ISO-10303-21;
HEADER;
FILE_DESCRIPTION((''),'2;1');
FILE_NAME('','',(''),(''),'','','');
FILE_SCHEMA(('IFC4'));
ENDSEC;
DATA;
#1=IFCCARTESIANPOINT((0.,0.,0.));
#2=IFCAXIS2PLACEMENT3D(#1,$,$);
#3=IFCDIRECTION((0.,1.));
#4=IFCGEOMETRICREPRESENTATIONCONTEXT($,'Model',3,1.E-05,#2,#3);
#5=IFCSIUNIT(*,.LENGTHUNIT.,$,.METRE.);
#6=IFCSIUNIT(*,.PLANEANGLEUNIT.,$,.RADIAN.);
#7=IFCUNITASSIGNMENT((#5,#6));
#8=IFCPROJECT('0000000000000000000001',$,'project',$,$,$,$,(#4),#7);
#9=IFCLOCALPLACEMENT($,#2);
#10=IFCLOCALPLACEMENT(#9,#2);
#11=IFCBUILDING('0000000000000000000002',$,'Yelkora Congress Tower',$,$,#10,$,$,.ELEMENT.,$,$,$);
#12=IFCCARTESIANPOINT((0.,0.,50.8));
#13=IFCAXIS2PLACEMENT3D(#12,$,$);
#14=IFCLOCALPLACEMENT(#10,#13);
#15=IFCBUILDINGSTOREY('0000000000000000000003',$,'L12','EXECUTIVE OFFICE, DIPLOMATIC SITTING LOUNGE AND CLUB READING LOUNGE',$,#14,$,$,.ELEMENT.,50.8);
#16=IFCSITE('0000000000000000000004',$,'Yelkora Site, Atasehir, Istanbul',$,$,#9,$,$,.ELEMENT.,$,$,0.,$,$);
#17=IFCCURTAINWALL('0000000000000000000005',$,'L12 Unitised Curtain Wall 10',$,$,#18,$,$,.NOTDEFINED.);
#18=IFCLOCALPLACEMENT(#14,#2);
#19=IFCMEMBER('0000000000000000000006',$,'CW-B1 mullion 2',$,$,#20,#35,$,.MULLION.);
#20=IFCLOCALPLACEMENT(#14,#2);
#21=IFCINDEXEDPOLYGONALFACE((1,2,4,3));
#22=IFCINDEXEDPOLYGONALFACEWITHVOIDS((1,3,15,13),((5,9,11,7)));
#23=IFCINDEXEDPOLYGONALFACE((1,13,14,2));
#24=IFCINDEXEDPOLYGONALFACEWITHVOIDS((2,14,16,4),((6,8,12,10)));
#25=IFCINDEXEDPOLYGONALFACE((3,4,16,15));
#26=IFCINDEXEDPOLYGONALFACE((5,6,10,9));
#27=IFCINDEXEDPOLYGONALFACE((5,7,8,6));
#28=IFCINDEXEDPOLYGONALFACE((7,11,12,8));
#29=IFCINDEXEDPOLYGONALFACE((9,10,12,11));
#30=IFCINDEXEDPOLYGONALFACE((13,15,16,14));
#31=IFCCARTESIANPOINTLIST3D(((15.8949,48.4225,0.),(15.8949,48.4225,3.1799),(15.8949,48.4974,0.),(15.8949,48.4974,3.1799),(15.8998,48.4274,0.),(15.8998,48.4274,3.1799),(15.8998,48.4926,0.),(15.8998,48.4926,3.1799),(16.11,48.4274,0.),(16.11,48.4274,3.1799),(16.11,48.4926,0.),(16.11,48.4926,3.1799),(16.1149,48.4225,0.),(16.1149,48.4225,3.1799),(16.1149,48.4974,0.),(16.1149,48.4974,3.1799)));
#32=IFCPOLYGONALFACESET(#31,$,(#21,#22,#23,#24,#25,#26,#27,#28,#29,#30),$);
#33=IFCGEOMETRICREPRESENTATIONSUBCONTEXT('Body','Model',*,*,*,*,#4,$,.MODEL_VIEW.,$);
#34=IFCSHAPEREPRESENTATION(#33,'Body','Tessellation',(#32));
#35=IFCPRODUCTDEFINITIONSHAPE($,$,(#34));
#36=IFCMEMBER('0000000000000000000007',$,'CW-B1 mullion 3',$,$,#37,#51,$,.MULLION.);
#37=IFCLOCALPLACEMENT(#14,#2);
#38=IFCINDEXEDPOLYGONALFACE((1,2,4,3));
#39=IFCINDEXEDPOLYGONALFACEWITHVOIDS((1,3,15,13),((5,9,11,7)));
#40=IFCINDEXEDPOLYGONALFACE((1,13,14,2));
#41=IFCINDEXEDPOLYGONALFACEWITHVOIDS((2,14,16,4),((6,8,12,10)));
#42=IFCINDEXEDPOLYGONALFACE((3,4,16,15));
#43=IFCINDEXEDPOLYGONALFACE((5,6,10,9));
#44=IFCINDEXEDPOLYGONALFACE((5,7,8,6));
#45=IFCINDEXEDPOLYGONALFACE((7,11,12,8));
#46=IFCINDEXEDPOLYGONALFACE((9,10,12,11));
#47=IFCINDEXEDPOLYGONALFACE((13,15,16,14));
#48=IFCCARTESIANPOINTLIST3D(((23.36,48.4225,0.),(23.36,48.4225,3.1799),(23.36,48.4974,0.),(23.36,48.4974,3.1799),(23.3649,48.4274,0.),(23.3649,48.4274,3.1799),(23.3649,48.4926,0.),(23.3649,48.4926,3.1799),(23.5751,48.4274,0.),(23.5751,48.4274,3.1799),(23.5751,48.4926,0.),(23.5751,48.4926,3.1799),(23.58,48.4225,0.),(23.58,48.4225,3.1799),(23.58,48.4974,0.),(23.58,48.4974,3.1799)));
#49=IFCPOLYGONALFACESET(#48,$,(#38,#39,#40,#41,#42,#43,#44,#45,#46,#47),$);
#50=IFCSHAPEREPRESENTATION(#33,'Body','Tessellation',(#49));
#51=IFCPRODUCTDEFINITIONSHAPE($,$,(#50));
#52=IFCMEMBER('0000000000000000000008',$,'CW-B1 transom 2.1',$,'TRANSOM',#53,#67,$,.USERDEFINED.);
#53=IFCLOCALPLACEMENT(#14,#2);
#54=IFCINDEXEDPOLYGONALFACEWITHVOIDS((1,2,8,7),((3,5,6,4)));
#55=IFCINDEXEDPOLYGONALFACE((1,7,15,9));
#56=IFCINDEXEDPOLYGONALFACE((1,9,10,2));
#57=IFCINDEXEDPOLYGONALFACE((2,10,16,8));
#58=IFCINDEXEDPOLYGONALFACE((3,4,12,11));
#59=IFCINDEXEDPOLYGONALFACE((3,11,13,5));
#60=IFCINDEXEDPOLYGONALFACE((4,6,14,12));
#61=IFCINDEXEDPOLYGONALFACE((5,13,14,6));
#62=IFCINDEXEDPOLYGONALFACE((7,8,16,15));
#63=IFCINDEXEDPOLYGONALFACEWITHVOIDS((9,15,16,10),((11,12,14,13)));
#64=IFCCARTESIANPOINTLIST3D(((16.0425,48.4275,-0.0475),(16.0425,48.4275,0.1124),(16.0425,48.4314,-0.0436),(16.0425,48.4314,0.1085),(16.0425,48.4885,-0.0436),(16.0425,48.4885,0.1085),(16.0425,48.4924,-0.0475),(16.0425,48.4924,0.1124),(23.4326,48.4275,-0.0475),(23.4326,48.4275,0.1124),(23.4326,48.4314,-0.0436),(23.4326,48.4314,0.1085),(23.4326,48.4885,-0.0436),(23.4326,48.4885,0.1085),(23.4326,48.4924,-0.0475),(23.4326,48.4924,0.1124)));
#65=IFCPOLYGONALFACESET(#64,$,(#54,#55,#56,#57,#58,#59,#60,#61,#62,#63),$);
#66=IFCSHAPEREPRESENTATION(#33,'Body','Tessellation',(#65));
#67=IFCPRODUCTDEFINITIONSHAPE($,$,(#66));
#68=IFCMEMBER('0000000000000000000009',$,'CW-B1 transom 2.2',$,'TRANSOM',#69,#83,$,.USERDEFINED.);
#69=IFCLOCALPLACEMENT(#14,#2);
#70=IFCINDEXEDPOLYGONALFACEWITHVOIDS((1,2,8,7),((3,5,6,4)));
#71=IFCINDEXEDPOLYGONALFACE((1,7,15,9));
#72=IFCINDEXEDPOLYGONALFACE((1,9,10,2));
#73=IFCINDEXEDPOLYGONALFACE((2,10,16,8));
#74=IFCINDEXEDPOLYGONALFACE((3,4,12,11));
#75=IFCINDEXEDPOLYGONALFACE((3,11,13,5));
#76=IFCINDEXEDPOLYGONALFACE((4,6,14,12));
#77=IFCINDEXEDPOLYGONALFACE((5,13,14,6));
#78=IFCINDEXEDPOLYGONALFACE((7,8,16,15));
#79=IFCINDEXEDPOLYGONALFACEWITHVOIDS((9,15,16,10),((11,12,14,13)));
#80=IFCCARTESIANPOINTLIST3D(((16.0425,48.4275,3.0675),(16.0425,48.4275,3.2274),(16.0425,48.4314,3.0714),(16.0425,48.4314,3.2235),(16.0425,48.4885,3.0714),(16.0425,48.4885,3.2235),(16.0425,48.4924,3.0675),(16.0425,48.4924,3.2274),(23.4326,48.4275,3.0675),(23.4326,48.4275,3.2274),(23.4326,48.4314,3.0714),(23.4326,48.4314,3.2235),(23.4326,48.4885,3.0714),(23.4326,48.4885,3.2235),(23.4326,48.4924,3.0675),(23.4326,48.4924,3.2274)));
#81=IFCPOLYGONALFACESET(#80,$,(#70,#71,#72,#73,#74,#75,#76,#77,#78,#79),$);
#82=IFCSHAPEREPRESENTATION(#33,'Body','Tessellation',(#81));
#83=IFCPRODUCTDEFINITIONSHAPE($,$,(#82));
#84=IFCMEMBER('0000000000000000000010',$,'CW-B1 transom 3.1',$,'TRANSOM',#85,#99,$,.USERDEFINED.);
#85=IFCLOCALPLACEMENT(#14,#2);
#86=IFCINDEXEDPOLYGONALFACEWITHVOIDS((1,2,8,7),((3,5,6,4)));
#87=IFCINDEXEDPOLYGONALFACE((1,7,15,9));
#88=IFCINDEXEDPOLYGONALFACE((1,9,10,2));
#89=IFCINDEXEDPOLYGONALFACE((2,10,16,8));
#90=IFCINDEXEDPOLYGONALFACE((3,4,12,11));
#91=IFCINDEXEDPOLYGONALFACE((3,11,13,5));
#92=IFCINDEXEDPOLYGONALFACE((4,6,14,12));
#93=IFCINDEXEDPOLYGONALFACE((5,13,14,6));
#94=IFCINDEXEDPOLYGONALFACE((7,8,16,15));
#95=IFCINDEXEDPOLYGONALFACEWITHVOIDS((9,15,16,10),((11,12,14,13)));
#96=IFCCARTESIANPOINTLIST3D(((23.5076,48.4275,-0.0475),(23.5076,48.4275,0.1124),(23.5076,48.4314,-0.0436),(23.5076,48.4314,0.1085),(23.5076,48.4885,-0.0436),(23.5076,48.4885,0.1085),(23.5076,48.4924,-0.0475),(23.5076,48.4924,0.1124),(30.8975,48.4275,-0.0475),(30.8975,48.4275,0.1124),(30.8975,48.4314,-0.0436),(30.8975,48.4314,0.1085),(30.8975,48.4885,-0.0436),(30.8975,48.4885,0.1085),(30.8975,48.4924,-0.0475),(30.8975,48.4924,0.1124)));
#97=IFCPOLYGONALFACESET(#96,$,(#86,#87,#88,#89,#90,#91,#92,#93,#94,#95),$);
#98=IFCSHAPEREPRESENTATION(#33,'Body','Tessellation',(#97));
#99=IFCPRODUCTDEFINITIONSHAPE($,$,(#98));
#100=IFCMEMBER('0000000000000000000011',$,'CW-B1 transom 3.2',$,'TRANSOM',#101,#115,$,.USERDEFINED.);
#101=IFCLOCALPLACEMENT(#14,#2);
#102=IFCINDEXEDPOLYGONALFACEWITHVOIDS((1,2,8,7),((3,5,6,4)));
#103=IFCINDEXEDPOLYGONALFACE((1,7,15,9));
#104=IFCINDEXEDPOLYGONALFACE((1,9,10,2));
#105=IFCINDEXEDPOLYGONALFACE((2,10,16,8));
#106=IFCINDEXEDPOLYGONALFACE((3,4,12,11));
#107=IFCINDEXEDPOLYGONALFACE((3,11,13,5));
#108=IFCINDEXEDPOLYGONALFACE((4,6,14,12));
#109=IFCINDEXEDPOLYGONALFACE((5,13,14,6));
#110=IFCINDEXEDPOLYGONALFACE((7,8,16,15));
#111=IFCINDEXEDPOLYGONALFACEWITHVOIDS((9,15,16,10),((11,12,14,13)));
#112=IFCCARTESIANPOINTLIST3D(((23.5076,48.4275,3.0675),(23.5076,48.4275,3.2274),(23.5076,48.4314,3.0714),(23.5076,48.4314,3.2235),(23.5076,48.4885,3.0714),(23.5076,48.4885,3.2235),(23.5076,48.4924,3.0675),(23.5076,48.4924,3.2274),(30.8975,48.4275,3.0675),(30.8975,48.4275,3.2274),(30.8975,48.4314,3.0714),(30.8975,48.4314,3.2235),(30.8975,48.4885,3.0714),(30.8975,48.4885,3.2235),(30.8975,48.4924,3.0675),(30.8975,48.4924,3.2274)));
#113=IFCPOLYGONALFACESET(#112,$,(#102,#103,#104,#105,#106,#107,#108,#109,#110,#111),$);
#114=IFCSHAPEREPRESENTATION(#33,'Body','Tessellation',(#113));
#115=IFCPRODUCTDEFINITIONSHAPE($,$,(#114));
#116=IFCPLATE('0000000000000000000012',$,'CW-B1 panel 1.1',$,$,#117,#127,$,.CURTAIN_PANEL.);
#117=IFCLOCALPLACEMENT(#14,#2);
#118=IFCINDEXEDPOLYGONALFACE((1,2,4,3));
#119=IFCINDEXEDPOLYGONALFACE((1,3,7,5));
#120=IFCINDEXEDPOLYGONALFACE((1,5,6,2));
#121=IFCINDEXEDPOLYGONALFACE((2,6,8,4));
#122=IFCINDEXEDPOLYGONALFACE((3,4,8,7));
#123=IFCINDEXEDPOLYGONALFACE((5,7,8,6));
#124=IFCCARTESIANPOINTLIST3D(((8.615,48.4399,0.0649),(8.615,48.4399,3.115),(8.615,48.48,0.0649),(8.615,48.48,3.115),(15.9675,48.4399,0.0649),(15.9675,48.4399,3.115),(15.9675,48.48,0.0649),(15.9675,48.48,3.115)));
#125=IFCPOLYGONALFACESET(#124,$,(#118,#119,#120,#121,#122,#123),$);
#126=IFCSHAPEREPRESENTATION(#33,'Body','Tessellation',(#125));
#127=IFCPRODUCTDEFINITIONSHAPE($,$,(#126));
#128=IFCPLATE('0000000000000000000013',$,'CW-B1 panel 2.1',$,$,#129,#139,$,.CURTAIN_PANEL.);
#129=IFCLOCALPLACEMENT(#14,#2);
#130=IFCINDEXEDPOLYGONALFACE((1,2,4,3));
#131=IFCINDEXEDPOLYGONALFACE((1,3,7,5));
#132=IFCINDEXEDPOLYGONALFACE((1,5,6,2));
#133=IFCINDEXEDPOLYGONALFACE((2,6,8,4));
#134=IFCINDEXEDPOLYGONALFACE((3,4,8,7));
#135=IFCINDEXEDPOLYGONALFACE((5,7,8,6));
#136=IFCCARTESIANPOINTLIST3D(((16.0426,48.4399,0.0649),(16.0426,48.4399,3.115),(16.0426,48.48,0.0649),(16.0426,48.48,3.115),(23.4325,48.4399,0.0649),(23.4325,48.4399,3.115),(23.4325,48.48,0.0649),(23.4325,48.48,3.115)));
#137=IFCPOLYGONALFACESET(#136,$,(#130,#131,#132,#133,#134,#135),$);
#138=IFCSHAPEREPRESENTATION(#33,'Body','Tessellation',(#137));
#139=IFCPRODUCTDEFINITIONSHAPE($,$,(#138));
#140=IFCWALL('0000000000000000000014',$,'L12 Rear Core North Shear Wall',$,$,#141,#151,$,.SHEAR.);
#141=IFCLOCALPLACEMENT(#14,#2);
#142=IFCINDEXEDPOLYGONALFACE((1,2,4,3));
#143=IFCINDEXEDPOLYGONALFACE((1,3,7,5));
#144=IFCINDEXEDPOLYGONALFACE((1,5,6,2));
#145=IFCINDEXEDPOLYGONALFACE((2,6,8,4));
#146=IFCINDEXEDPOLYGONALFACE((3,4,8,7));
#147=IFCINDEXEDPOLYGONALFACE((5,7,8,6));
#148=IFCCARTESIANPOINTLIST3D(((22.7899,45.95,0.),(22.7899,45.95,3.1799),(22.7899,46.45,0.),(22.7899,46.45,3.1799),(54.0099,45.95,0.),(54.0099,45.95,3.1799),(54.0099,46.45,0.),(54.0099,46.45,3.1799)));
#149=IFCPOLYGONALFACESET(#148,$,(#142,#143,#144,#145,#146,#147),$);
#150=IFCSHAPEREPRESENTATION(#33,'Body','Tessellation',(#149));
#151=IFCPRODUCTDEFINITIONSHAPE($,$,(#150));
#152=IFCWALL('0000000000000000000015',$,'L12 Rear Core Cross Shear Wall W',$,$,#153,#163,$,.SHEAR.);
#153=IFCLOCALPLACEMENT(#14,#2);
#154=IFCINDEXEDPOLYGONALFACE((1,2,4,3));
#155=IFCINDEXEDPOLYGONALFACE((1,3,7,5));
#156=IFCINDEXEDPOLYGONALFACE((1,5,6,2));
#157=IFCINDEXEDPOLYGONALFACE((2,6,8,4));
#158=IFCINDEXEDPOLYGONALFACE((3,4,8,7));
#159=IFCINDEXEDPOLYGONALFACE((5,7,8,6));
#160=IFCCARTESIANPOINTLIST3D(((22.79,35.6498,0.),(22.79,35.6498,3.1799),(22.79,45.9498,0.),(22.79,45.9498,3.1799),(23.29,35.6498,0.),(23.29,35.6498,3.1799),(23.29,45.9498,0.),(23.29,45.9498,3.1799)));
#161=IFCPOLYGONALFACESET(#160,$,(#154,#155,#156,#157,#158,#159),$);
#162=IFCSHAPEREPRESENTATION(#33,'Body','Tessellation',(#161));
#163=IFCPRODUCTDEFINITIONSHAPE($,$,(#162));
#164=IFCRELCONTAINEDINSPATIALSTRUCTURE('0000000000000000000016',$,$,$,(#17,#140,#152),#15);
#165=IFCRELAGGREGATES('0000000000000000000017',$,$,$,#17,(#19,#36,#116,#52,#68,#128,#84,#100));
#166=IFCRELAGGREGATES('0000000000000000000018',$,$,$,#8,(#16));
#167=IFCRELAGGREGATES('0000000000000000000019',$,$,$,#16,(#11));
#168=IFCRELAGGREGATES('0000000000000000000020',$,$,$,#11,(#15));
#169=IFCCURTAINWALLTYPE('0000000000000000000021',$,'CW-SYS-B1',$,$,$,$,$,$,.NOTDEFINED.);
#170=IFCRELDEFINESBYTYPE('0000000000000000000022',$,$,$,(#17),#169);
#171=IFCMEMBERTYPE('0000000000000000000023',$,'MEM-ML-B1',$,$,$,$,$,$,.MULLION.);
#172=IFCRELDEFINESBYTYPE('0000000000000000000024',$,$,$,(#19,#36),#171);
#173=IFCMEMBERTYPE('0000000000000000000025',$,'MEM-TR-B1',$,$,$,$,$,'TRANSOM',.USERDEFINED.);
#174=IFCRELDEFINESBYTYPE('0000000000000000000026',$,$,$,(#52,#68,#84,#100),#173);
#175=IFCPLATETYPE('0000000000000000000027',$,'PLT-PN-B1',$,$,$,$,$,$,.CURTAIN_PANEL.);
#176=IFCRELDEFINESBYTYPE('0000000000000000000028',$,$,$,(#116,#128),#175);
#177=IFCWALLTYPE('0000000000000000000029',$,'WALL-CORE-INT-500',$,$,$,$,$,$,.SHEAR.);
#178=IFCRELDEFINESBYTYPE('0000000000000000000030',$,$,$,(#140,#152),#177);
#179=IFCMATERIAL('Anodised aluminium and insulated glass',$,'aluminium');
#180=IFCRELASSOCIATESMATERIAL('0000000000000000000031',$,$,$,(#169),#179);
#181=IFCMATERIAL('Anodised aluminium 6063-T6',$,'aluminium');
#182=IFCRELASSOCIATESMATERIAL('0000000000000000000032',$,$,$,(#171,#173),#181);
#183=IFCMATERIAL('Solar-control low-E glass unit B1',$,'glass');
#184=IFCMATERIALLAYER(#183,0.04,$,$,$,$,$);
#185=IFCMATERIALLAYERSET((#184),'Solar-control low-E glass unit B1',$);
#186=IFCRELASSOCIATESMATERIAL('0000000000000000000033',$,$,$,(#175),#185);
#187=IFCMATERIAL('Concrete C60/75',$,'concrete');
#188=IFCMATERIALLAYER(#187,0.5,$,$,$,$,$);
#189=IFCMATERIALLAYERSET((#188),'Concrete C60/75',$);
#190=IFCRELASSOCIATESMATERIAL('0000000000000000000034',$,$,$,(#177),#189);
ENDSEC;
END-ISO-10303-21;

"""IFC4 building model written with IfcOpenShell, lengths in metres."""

from ifc_helpers import new_model, si_unit, direction, frame, frame_2d, origin, origin_2d, place, context, subcontext, project, spatial, rectangle, hollow_rectangle, extrude, material, layer, layer_set, material_profile, profile_set, type_object, element, aggregate, save


model = new_model("IFC4")

# Units and contexts
model_context = context("Model", 3, precision=1e-05, world=origin(), true_north=direction((0.0, 1.0)))
body_context = subcontext(model_context, "Body", "Model", "MODEL_VIEW")
ifc_project = project(units=[si_unit("LENGTHUNIT", "METRE"), si_unit("PLANEANGLEUNIT", "RADIAN")], contexts=[model_context])

# Site, building, storey
site_placement = place(None, origin())
site = spatial("IfcSite", under=ifc_project, at=site_placement, Name="Yelkora Site, Atasehir, Istanbul", CompositionType="ELEMENT", RefElevation=0.0)
building_placement = place(site_placement, origin())
building = spatial("IfcBuilding", under=site, at=building_placement, Name="Yelkora Congress Tower", CompositionType="ELEMENT")
storey_placement = place(building_placement, frame((0.0, 0.0, 50.8)))
storey = spatial("IfcBuildingStorey", under=building, at=storey_placement, Name="L12", Description="EXECUTIVE OFFICE, DIPLOMATIC SITTING LOUNGE AND CLUB READING LOUNGE", CompositionType="ELEMENT", Elevation=50.8)

# Shared definitions
ifc_material_1 = material(Name="Concrete C60/75", Category="concrete")

# Curtain wall, members, plates
ifc_material_2 = material(Name="Anodised aluminium and insulated glass", Category="aluminium")
curtain_wall_type = type_object("IfcCurtainWallType", Name="CW-SYS-B1", PredefinedType="NOTDEFINED", material=ifc_material_2)
curtain_wall_placement = place(storey_placement, origin())
curtain_wall = element("IfcCurtainWall", 1, at=curtain_wall_placement, inside=storey, type_object=curtain_wall_type, Name="L12 Unitised Curtain Wall 10", PredefinedType="NOTDEFINED")
ifc_material_3 = material(Name="Anodised aluminium 6063-T6", Category="aluminium")
ifc_material_profile_1 = material_profile(ifc_material_3, hollow_rectangle(XDim=0.075, YDim=0.22, WallThickness=0.0049, at=origin_2d()), Name="ALU 75x220x5")
ifc_profile_set_1 = profile_set([ifc_material_profile_1], Name="Anodised aluminium 6063-T6")
member_type_1 = type_object("IfcMemberType", Name="MEM-ML-B1", PredefinedType="MULLION", material=ifc_profile_set_1)
member_1_placement = place(storey_placement, frame((16.0049, 48.46, 0.0), z_axis=(0.0, 0.0, 1.0), x_axis=(0.0, 1.0, 0.0)))
member_1 = element("IfcMember", 2, at=member_1_placement, type_object=member_type_1, Name="CW-B1 mullion 2", PredefinedType="MULLION", context=body_context, shape_type="SweptSolid", body=[
    extrude(hollow_rectangle(XDim=0.075, YDim=0.22, WallThickness=0.0049, at=origin_2d()), origin(), (0.0, 0.0, 1.0), 3.1799),
])
member_2_placement = place(storey_placement, frame((23.47, 48.46, 0.0), z_axis=(0.0, 0.0, 1.0), x_axis=(0.0, 1.0, 0.0)))
member_2 = element("IfcMember", 3, at=member_2_placement, type_object=member_type_1, Name="CW-B1 mullion 3", PredefinedType="MULLION", context=body_context, shape_type="SweptSolid", body=[
    extrude(hollow_rectangle(XDim=0.075, YDim=0.22, WallThickness=0.0049, at=origin_2d()), origin(), (0.0, 0.0, 1.0), 3.1799),
])
ifc_material_profile_2 = material_profile(ifc_material_3, hollow_rectangle(XDim=0.0649, YDim=0.1599, WallThickness=0.0039, at=origin_2d()), Name="ALU 65x160x4")
ifc_profile_set_2 = profile_set([ifc_material_profile_2], Name="Anodised aluminium 6063-T6")
member_type_2 = type_object("IfcMemberType", Name="MEM-TR-B1", ElementType="TRANSOM", PredefinedType="USERDEFINED", material=ifc_profile_set_2)
member_3_placement = place(storey_placement, frame((16.0425, 48.46, 0.0325), z_axis=(1.0, 0.0, 0.0), x_axis=(0.0, 1.0, 0.0)))
member_3 = element("IfcMember", 4, at=member_3_placement, type_object=member_type_2, Name="CW-B1 transom 2.1", ObjectType="TRANSOM", PredefinedType="USERDEFINED", context=body_context, shape_type="SweptSolid", body=[
    extrude(hollow_rectangle(XDim=0.0649, YDim=0.1599, WallThickness=0.0039, at=origin_2d()), origin(), (0.0, 0.0, 1.0), 7.3901),
])
member_4_placement = place(storey_placement, frame((16.0425, 48.46, 3.1475), z_axis=(1.0, 0.0, 0.0), x_axis=(0.0, 1.0, 0.0)))
member_4 = element("IfcMember", 5, at=member_4_placement, type_object=member_type_2, Name="CW-B1 transom 2.2", ObjectType="TRANSOM", PredefinedType="USERDEFINED", context=body_context, shape_type="SweptSolid", body=[
    extrude(hollow_rectangle(XDim=0.0649, YDim=0.1599, WallThickness=0.0039, at=origin_2d()), origin(), (0.0, 0.0, 1.0), 7.3901),
])
member_5_placement = place(storey_placement, frame((23.5076, 48.46, 0.0325), z_axis=(1.0, 0.0, 0.0), x_axis=(0.0, 1.0, 0.0)))
member_5 = element("IfcMember", 6, at=member_5_placement, type_object=member_type_2, Name="CW-B1 transom 3.1", ObjectType="TRANSOM", PredefinedType="USERDEFINED", context=body_context, shape_type="SweptSolid", body=[
    extrude(hollow_rectangle(XDim=0.0649, YDim=0.1599, WallThickness=0.0039, at=origin_2d()), origin(), (0.0, 0.0, 1.0), 7.3899),
])
member_6_placement = place(storey_placement, frame((23.5076, 48.46, 3.1475), z_axis=(1.0, 0.0, 0.0), x_axis=(0.0, 1.0, 0.0)))
member_6 = element("IfcMember", 7, at=member_6_placement, type_object=member_type_2, Name="CW-B1 transom 3.2", ObjectType="TRANSOM", PredefinedType="USERDEFINED", context=body_context, shape_type="SweptSolid", body=[
    extrude(hollow_rectangle(XDim=0.0649, YDim=0.1599, WallThickness=0.0039, at=origin_2d()), origin(), (0.0, 0.0, 1.0), 7.3899),
])
ifc_material_4 = material(Name="Solar-control low-E glass unit B1", Category="glass")
ifc_layer_1 = layer(ifc_material_4, 0.04)
ifc_layer_set_1 = layer_set([ifc_layer_1], Name="Solar-control low-E glass unit B1")
plate_type = type_object("IfcPlateType", Name="PLT-PN-B1", PredefinedType="CURTAIN_PANEL", material=ifc_layer_set_1)
plate_1_placement = place(storey_placement, frame((12.2913, 48.46, 0.0649), z_axis=(0.0, 0.0, 1.0), x_axis=(1.0, 0.0, 0.0)))
plate_1 = element("IfcPlate", 8, at=plate_1_placement, type_object=plate_type, Name="CW-B1 panel 1.1", PredefinedType="CURTAIN_PANEL", context=body_context, shape_type="SweptSolid", body=[
    extrude(rectangle(XDim=7.3525, YDim=0.04, at=origin_2d()), origin(), (0.0, 0.0, 1.0), 3.05),
])
plate_2_placement = place(storey_placement, frame((19.7375, 48.46, 0.0649), z_axis=(0.0, 0.0, 1.0), x_axis=(1.0, 0.0, 0.0)))
plate_2 = element("IfcPlate", 9, at=plate_2_placement, type_object=plate_type, Name="CW-B1 panel 2.1", PredefinedType="CURTAIN_PANEL", context=body_context, shape_type="SweptSolid", body=[
    extrude(rectangle(XDim=7.3899, YDim=0.04, at=origin_2d()), origin(), (0.0, 0.0, 1.0), 3.05),
])
aggregate(curtain_wall, [member_1, member_2, plate_1, member_3, member_4, plate_2, member_5, member_6])

# Walls
ifc_layer_2 = layer(ifc_material_1, 0.5)
ifc_layer_set_2 = layer_set([ifc_layer_2], Name="Concrete C60/75")
wall_type_1 = type_object("IfcWallType", Name="WALL-CORE-INT-500", PredefinedType="SHEAR", material=ifc_layer_set_2)
wall_1_placement = place(storey_placement, frame((22.79, 46.2, 0.0), z_axis=(0.0, 0.0, 1.0), x_axis=(1.0, 0.0, 0.0)))
element("IfcWall", 10, at=wall_1_placement, inside=storey, type_object=wall_type_1, Name="L12 Rear Core North Shear Wall", PredefinedType="SHEAR", context=body_context, shape_type="SweptSolid", body=[
    extrude(rectangle(XDim=31.22, YDim=0.5, at=frame_2d((15.6099, 0.0))), origin(), (0.0, 0.0, 1.0), 3.1799),
])
wall_2_placement = place(storey_placement, frame((23.04, 35.6499, 0.0), z_axis=(0.0, 0.0, 1.0), x_axis=(0.0, 1.0, 0.0)))
element("IfcWall", 11, at=wall_2_placement, inside=storey, type_object=wall_type_1, Name="L12 Rear Core Cross Shear Wall W", PredefinedType="SHEAR", context=body_context, shape_type="SweptSolid", body=[
    extrude(rectangle(XDim=10.3, YDim=0.5, at=frame_2d((5.1499, 0.0))), origin(), (0.0, 0.0, 1.0), 3.1799),
])

save(model, "model.ifc")
